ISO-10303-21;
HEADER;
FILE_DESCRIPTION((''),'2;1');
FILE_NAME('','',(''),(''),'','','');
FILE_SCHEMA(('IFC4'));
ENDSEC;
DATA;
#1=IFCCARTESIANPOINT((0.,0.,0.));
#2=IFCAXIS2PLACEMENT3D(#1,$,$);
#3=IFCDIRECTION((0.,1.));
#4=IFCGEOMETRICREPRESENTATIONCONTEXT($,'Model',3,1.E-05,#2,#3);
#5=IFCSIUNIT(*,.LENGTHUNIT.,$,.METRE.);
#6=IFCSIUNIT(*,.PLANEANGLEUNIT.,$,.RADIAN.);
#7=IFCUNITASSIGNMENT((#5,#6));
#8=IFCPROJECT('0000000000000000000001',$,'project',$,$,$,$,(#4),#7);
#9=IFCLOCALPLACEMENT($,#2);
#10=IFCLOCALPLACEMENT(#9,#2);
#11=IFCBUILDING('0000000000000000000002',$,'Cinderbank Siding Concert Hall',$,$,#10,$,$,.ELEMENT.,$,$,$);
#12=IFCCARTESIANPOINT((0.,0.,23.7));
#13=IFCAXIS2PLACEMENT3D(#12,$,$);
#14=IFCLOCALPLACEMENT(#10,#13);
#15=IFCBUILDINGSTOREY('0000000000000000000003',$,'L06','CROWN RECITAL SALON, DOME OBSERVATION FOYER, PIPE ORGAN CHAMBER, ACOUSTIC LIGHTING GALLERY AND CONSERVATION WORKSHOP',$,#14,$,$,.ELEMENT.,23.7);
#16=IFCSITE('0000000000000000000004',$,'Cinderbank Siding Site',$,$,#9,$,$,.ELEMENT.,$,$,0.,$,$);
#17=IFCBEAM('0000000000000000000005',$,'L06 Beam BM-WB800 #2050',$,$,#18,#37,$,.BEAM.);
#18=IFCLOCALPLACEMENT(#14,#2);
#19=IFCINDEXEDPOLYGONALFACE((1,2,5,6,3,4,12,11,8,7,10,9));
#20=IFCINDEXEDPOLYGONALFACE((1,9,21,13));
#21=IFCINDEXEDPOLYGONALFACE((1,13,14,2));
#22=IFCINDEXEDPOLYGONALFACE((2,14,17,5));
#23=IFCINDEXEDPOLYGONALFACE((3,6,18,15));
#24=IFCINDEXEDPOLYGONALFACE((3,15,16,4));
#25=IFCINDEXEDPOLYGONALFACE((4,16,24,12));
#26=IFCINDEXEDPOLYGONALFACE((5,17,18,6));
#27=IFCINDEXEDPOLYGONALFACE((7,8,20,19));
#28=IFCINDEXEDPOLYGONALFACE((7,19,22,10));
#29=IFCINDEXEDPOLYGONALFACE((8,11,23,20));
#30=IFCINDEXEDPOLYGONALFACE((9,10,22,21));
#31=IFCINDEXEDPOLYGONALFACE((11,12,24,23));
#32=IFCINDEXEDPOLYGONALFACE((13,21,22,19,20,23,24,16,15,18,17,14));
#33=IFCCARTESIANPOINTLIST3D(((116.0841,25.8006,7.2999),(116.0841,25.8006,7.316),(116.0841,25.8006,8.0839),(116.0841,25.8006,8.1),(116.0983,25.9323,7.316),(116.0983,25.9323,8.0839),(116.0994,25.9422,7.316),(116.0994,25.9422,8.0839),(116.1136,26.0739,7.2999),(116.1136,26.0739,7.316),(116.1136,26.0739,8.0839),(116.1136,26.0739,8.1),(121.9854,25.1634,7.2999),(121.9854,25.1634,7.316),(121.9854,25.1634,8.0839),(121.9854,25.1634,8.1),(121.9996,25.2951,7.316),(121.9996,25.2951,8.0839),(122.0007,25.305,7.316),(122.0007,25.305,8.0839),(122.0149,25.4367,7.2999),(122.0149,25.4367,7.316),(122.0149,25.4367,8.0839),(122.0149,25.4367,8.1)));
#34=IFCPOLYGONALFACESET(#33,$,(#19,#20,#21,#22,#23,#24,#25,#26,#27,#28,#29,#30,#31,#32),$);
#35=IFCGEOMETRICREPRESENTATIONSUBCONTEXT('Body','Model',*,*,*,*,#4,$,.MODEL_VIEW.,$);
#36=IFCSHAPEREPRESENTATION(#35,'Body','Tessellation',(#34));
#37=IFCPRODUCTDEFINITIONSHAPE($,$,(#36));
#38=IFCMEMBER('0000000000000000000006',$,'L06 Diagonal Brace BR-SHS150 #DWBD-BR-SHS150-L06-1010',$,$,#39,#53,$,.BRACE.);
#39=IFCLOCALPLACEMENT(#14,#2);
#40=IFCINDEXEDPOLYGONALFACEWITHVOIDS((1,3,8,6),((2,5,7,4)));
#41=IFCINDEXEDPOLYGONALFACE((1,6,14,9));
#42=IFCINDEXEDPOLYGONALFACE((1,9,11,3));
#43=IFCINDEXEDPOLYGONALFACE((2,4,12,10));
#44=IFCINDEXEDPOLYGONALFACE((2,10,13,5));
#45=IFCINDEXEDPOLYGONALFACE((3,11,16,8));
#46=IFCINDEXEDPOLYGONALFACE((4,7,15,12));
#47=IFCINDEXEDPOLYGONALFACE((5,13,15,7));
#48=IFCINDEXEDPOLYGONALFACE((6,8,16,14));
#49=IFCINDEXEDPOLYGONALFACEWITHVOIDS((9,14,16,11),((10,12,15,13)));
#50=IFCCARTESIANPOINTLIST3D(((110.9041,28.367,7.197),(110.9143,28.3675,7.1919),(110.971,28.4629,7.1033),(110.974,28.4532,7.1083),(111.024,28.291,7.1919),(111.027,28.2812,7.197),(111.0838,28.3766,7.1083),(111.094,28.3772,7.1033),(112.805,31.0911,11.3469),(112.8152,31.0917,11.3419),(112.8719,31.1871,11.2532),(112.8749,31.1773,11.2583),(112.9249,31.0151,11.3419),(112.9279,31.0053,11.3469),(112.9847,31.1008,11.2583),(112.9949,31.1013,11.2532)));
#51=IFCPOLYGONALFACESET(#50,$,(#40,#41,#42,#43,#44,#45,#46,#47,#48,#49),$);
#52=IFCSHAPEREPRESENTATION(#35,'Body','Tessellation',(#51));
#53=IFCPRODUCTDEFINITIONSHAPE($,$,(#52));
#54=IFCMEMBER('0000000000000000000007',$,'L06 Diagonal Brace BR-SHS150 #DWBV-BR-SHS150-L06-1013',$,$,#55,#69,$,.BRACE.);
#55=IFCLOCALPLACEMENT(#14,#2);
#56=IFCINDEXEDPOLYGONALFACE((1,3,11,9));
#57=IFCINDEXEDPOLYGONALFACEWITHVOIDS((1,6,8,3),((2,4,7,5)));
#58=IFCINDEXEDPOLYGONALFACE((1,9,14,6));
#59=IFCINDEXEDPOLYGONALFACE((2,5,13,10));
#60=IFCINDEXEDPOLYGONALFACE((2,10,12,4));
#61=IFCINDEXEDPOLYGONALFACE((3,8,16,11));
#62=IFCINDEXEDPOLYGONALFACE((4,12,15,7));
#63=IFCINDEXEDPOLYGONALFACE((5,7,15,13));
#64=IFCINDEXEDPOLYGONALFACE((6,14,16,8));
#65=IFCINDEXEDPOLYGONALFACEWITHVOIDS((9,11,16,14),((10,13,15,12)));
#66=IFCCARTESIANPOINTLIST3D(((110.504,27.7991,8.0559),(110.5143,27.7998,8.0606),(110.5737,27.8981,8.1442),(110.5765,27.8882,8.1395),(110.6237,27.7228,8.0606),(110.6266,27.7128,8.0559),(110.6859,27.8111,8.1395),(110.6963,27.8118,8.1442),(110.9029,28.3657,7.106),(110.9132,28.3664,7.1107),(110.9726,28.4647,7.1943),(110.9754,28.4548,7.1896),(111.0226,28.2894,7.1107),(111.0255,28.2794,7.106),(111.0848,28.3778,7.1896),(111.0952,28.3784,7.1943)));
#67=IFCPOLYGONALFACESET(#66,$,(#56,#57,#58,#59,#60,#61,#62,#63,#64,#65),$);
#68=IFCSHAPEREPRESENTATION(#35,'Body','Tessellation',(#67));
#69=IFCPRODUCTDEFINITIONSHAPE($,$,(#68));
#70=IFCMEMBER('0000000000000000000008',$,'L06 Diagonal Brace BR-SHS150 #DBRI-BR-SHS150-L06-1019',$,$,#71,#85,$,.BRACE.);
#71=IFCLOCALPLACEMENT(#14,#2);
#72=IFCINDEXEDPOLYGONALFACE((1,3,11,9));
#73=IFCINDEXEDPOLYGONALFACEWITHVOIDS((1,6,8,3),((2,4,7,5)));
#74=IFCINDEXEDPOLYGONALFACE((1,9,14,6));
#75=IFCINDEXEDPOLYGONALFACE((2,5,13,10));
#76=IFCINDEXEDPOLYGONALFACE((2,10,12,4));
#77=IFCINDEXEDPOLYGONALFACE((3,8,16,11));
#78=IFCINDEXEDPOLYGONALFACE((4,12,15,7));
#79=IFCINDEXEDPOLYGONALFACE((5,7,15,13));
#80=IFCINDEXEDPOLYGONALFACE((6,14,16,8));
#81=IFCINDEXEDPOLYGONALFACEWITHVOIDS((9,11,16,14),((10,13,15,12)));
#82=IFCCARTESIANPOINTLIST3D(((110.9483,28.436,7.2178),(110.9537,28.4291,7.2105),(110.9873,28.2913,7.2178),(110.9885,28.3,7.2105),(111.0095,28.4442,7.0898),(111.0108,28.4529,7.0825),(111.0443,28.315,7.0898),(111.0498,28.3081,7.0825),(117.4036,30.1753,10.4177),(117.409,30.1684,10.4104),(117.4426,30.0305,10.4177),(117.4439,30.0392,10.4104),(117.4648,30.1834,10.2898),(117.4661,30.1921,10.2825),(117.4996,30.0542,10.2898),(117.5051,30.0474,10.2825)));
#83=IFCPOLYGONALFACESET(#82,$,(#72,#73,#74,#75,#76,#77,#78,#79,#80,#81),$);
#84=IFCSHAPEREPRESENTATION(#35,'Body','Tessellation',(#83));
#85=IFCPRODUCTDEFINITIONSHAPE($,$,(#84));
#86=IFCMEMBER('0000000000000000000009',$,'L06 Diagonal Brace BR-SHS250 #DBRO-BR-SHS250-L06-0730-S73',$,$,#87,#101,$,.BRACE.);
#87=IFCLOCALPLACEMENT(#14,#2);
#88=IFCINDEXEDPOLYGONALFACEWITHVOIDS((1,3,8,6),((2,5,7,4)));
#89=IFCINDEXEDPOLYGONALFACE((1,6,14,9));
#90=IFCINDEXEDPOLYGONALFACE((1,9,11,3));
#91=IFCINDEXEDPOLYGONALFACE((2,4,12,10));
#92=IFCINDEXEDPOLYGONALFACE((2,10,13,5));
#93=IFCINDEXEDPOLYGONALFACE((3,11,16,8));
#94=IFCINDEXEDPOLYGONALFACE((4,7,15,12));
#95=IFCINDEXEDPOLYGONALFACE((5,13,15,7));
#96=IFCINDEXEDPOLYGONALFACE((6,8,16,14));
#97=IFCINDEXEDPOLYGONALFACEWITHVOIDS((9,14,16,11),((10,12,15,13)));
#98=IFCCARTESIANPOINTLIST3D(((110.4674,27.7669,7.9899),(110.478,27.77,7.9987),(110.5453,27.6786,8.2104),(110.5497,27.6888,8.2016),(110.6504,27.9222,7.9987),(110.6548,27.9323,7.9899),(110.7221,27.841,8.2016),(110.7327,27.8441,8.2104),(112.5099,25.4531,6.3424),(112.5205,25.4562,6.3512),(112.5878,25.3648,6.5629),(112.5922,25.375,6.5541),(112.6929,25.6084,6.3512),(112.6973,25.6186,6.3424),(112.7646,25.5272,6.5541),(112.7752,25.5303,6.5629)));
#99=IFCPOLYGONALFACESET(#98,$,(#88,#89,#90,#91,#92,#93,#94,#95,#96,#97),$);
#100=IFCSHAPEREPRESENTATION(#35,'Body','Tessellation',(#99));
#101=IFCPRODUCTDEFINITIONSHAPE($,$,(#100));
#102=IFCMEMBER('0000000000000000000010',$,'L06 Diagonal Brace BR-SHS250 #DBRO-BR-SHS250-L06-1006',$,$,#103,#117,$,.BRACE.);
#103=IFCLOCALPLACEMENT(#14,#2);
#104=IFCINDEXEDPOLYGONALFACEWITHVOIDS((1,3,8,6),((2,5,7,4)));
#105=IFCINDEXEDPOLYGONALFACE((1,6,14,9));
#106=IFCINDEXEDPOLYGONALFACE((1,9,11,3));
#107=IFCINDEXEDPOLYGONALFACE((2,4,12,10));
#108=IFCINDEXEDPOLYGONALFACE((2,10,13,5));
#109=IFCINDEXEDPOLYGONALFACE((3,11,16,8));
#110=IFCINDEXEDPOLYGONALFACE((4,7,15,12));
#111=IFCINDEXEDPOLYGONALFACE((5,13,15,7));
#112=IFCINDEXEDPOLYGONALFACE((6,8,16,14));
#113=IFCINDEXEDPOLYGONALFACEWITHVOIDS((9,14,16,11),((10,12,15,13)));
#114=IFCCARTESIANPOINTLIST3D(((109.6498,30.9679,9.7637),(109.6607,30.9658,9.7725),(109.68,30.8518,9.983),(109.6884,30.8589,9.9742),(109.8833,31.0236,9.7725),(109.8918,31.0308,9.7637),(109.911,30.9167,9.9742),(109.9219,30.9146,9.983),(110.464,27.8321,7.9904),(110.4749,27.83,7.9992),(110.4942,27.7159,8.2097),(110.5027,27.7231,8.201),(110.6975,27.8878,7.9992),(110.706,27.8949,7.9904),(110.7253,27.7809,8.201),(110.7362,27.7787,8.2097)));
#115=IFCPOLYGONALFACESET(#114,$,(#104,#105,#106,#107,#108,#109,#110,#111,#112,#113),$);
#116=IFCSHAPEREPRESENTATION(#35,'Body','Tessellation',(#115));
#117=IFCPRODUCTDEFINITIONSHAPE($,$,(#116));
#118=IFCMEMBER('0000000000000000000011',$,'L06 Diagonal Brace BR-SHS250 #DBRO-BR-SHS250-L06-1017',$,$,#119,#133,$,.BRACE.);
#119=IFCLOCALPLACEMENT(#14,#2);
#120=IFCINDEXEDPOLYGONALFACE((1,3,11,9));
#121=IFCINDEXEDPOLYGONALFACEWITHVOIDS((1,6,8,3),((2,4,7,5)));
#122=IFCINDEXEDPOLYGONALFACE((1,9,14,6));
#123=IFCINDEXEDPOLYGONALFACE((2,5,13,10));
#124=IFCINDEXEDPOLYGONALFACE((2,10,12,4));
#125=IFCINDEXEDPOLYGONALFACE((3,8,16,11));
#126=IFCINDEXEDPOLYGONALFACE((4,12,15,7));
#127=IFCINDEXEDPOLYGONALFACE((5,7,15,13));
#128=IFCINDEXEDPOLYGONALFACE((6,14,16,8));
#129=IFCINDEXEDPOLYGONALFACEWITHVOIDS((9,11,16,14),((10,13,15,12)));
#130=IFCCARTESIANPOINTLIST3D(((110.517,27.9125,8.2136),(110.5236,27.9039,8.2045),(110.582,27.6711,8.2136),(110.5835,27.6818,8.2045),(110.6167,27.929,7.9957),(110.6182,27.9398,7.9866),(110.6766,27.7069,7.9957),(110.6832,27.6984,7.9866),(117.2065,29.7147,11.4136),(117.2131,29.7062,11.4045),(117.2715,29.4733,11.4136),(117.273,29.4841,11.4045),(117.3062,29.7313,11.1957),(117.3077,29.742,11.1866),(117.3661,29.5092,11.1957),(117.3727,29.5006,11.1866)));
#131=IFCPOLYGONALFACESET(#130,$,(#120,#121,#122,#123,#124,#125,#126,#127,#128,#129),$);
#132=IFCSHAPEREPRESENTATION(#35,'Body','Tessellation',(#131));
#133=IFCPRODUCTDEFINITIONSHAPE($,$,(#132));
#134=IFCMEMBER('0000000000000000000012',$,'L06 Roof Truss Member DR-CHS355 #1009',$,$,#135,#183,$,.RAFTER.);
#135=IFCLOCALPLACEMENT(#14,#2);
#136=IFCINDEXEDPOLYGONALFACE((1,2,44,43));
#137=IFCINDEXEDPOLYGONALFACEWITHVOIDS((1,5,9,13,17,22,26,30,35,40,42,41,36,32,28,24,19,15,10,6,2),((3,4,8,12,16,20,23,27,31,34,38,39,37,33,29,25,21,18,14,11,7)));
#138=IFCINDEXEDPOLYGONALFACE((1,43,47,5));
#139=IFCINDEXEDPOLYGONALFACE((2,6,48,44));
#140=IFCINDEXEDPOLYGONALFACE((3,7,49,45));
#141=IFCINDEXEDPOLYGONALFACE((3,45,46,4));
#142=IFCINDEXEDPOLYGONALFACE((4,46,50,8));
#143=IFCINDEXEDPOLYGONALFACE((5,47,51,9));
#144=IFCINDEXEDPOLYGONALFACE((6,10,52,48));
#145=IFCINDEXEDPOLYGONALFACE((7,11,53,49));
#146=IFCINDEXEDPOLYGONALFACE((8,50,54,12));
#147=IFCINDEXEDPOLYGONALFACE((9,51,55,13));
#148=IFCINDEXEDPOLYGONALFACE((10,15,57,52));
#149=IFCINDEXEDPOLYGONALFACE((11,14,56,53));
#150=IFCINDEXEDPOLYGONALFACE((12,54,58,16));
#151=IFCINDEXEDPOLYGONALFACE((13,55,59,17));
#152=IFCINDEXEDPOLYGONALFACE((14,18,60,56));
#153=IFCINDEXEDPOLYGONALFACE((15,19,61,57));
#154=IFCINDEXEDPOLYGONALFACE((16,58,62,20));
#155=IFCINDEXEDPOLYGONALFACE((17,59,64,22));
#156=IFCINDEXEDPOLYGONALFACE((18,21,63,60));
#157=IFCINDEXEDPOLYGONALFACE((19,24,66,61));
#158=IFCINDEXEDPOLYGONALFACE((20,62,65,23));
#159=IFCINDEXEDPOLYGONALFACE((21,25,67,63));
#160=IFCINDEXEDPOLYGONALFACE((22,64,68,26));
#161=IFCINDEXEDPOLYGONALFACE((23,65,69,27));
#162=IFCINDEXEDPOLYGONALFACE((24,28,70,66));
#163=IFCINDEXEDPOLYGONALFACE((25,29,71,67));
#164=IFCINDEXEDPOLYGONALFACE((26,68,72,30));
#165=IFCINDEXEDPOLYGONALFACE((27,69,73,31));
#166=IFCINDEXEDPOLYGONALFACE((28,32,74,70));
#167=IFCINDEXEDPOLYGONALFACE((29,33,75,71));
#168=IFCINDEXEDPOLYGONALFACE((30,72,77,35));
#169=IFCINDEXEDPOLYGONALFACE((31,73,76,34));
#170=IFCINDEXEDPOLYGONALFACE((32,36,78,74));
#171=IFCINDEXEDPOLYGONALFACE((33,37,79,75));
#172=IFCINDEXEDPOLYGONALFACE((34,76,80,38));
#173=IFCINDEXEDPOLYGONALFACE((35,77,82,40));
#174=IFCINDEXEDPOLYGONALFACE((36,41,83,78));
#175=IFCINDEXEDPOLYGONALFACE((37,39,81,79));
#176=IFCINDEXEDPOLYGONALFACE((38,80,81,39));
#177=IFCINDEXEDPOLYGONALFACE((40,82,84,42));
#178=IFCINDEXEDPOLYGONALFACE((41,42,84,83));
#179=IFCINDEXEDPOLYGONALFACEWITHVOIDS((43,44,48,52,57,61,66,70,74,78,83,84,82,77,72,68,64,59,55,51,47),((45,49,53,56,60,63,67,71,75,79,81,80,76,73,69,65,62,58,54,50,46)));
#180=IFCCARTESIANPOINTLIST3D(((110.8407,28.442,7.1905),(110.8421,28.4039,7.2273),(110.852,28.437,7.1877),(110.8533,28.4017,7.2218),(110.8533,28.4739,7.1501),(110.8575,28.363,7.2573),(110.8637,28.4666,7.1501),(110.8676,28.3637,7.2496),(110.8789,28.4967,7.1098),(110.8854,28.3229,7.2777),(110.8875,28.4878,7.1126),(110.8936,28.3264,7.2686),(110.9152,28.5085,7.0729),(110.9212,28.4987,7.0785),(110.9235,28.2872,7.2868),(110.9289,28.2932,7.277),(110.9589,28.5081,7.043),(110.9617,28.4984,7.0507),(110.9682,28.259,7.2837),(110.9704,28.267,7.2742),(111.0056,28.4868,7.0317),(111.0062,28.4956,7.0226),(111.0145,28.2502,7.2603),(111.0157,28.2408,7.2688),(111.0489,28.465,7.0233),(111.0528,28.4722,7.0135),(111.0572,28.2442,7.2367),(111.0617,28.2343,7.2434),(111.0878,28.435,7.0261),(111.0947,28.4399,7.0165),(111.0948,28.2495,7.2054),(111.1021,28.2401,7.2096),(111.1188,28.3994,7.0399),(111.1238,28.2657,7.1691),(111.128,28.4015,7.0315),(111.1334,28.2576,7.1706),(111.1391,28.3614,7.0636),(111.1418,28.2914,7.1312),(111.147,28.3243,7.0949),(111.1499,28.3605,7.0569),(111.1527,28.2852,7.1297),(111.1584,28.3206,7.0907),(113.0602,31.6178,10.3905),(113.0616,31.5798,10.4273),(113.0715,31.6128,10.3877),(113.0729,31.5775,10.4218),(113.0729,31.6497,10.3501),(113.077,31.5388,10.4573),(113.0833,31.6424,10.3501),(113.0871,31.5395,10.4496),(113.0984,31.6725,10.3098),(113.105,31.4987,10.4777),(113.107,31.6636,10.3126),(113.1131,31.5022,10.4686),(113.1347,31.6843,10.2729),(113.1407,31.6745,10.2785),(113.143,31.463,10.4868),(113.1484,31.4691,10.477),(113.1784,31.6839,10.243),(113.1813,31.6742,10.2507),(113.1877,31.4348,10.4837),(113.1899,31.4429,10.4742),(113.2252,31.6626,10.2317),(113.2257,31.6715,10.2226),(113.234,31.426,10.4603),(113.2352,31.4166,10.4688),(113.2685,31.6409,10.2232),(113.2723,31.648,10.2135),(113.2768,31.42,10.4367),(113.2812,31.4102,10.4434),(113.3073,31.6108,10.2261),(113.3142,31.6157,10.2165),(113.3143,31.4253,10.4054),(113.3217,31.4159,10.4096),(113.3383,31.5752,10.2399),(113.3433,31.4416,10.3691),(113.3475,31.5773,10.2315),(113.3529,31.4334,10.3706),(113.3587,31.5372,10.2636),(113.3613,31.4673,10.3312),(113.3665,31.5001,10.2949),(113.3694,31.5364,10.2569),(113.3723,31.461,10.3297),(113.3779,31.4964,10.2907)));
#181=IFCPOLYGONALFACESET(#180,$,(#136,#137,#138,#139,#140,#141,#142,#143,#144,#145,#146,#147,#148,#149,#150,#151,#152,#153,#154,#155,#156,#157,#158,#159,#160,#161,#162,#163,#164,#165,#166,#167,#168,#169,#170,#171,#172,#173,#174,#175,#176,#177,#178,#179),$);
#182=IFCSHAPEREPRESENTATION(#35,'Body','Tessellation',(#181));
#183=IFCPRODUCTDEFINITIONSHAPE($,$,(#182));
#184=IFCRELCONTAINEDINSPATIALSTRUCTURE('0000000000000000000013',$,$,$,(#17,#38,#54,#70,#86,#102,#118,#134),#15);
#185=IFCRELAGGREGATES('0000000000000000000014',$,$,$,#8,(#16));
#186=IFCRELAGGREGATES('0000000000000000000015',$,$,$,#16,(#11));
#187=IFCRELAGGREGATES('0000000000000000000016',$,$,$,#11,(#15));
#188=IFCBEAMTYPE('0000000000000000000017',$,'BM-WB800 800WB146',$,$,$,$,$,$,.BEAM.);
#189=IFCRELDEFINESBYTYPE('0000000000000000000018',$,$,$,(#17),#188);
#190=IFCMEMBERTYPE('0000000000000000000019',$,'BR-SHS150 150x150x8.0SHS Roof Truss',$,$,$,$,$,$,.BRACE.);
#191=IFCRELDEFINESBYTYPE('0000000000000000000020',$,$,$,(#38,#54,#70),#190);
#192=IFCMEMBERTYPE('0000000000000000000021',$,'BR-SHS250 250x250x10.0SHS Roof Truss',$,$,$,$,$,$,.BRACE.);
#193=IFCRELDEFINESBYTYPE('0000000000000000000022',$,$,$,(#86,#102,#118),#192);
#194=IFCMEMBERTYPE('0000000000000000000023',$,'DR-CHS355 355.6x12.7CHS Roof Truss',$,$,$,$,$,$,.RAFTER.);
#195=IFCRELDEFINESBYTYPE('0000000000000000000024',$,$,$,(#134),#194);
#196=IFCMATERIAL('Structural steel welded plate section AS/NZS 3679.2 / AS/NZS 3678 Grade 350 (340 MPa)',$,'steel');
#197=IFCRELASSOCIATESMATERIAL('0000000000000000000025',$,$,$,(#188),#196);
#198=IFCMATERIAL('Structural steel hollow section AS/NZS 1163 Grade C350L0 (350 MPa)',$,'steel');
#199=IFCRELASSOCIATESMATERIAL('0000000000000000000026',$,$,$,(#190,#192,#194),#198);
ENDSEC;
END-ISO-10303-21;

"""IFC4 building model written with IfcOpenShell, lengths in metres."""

from ifc_helpers import new_model, si_unit, direction, frame, origin, origin_2d, place, context, subcontext, project, spatial, hollow_rectangle, hollow_circle, i_section, extrude, material, material_profile, profile_set, type_object, element, save


model = new_model("IFC4")

# Units and contexts
model_context = context("Model", 3, precision=1e-05, world=origin(), true_north=direction((0.0, 1.0)))
body_context = subcontext(model_context, "Body", "Model", "MODEL_VIEW")
ifc_project = project(units=[si_unit("LENGTHUNIT", "METRE"), si_unit("PLANEANGLEUNIT", "RADIAN")], contexts=[model_context])

# Site, building, storey
site_placement = place(None, origin())
site = spatial("IfcSite", under=ifc_project, at=site_placement, Name="Cinderbank Siding Site", CompositionType="ELEMENT", RefElevation=0.0)
building_placement = place(site_placement, origin())
building = spatial("IfcBuilding", under=site, at=building_placement, Name="Cinderbank Siding Concert Hall", CompositionType="ELEMENT")
storey_placement = place(building_placement, frame((0.0, 0.0, 23.7)))
storey = spatial("IfcBuildingStorey", under=building, at=storey_placement, Name="L06", Description="CROWN RECITAL SALON, DOME OBSERVATION FOYER, PIPE ORGAN CHAMBER, ACOUSTIC LIGHTING GALLERY AND CONSERVATION WORKSHOP", CompositionType="ELEMENT", Elevation=23.7)

# Beam
ifc_material_1 = material(Name="Structural steel welded plate section AS/NZS 3679.2 / AS/NZS 3678 Grade 350 (340 MPa)", Category="steel")
ifc_material_profile_1 = material_profile(ifc_material_1, i_section(OverallWidth=0.2749, OverallDepth=0.8, WebThickness=0.01, FlangeThickness=0.0161, at=origin_2d()), Name="800WB146", Category="LoadBearing")
ifc_profile_set_1 = profile_set([ifc_material_profile_1], Name="Structural steel welded plate section AS/NZS 3679.2 / AS/NZS 3678 Grade 350 (340 MPa)")
beam_type = type_object("IfcBeamType", Name="BM-WB800 800WB146", PredefinedType="BEAM", material=ifc_profile_set_1)
beam_placement = place(storey_placement, frame((116.0989, 25.9373, 7.7), z_axis=(0.994221, -0.107357, 0.0), x_axis=(0.107357, 0.994221, 0.0)))
element("IfcBeam", 1, at=beam_placement, inside=storey, type_object=beam_type, Name="L06 Beam BM-WB800 #2050", PredefinedType="BEAM", context=body_context, shape_type="SweptSolid", body=[
    extrude(i_section(OverallWidth=0.2749, OverallDepth=0.8, WebThickness=0.01, FlangeThickness=0.0161, at=origin_2d()), origin(), (0.0, 0.0, 1.0), 5.9355),
])

# Members
ifc_material_2 = material(Name="Structural steel hollow section AS/NZS 1163 Grade C350L0 (350 MPa)", Category="steel")
ifc_material_profile_2 = material_profile(ifc_material_2, hollow_rectangle(XDim=0.1499, YDim=0.1499, WallThickness=0.0081, at=origin_2d()), Name="150x150x8.0SHS", Category="LoadBearing")
ifc_profile_set_2 = profile_set([ifc_material_profile_2], Name="Structural steel hollow section AS/NZS 1163 Grade C350L0 (350 MPa)")
member_type_1 = type_object("IfcMemberType", Name="BR-SHS150 150x150x8.0SHS Roof Truss", PredefinedType="BRACE", material=ifc_profile_set_2)
member_1_placement = place(storey_placement, frame((110.999, 28.3721, 7.1501), z_axis=(0.357602, 0.512474, 0.780699), x_axis=(-0.82008, 0.572248, 0.0)))
element("IfcMember", 2, at=member_1_placement, inside=storey, type_object=member_type_1, Name="L06 Diagonal Brace BR-SHS150 #DWBD-BR-SHS150-L06-1010", PredefinedType="BRACE", context=body_context, shape_type="SweptSolid", body=[
    extrude(hollow_rectangle(XDim=0.1499, YDim=0.1499, WallThickness=0.0081, at=origin_2d()), origin(), (0.0, 0.0, 1.0), 5.3157),
])
member_2_placement = place(storey_placement, frame((110.999, 28.3721, 7.1501), z_axis=(-0.339264, -0.481904, 0.807879), x_axis=(0.81769, -0.575659, 0.0)))
element("IfcMember", 3, at=member_2_placement, inside=storey, type_object=member_type_1, Name="L06 Diagonal Brace BR-SHS150 #DWBV-BR-SHS150-L06-1013", PredefinedType="BRACE", context=body_context, shape_type="SweptSolid", body=[
    extrude(hollow_rectangle(XDim=0.1499, YDim=0.1499, WallThickness=0.0081, at=origin_2d()), origin(), (0.0, 0.0, 1.0), 1.1758),
])
member_3_placement = place(storey_placement, frame((110.999, 28.3721, 7.1501), z_axis=(0.870943, 0.234658, 0.431733), x_axis=(-0.260153, 0.965567, 0.0)))
element("IfcMember", 4, at=member_3_placement, inside=storey, type_object=member_type_1, Name="L06 Diagonal Brace BR-SHS150 #DBRI-BR-SHS150-L06-1019", PredefinedType="BRACE", context=body_context, shape_type="SweptSolid", body=[
    extrude(hollow_rectangle(XDim=0.1499, YDim=0.1499, WallThickness=0.0081, at=origin_2d()), origin(), (0.0, 0.0, 1.0), 7.4119),
])
ifc_material_profile_3 = material_profile(ifc_material_2, hollow_rectangle(XDim=0.25, YDim=0.25, WallThickness=0.01, at=origin_2d()), Name="250x250x10.0SHS", Category="LoadBearing")
ifc_profile_set_3 = profile_set([ifc_material_profile_3], Name="Structural steel hollow section AS/NZS 1163 Grade C350L0 (350 MPa)")
member_type_2 = type_object("IfcMemberType", Name="BR-SHS250 250x250x10.0SHS Roof Truss", PredefinedType="BRACE", material=ifc_profile_set_3)
member_4_placement = place(storey_placement, frame((112.6426, 25.4917, 6.4526), z_axis=(-0.583824, 0.661356, 0.470912), x_axis=(-0.749683, -0.661797, 0.0)))
element("IfcMember", 5, at=member_4_placement, inside=storey, type_object=member_type_2, Name="L06 Diagonal Brace BR-SHS250 #DBRO-BR-SHS250-L06-0730-S73", PredefinedType="BRACE", context=body_context, shape_type="SweptSolid", body=[
    extrude(hollow_rectangle(XDim=0.25, YDim=0.25, WallThickness=0.01, at=origin_2d()), origin(), (0.0, 0.0, 1.0), 3.4985),
])
member_5_placement = place(storey_placement, frame((110.6001, 27.8054, 8.1001), z_axis=(-0.220459, 0.849049, 0.480118), x_axis=(-0.967904, -0.25132, 0.0)))
element("IfcMember", 6, at=member_5_placement, inside=storey, type_object=member_type_2, Name="L06 Diagonal Brace BR-SHS250 #DBRO-BR-SHS250-L06-1006", PredefinedType="BRACE", context=body_context, shape_type="SweptSolid", body=[
    extrude(hollow_rectangle(XDim=0.25, YDim=0.25, WallThickness=0.01, at=origin_2d()), origin(), (0.0, 0.0, 1.0), 3.6934),
])
member_6_placement = place(storey_placement, frame((110.6001, 27.8054, 8.1001), z_axis=(0.876582, 0.236165, 0.41932), x_axis=(-0.26014, 0.965571, 0.0)))
element("IfcMember", 7, at=member_6_placement, inside=storey, type_object=member_type_2, Name="L06 Diagonal Brace BR-SHS250 #DBRO-BR-SHS250-L06-1017", PredefinedType="BRACE", context=body_context, shape_type="SweptSolid", body=[
    extrude(hollow_rectangle(XDim=0.25, YDim=0.25, WallThickness=0.01, at=origin_2d()), origin(), (0.0, 0.0, 1.0), 7.6313),
])
ifc_material_profile_4 = material_profile(ifc_material_2, hollow_circle(Radius=0.1777, WallThickness=0.0127, at=origin_2d()), Name="355.6x12.7CHS", Category="LoadBearing")
ifc_profile_set_4 = profile_set([ifc_material_profile_4], Name="Structural steel hollow section AS/NZS 1163 Grade C350L0 (350 MPa)")
member_type_3 = type_object("IfcMemberType", Name="DR-CHS355 355.6x12.7CHS Roof Truss", PredefinedType="RAFTER", material=ifc_profile_set_4)
member_7_placement = place(storey_placement, frame((110.999, 28.3721, 7.1501), z_axis=(0.441681, 0.631987, 0.636797), x_axis=(-0.819664, 0.572845, 0.0)))
element("IfcMember", 8, at=member_7_placement, inside=storey, type_object=member_type_3, Name="L06 Roof Truss Member DR-CHS355 #1009", PredefinedType="RAFTER", context=body_context, shape_type="SweptSolid", body=[
    extrude(hollow_circle(Radius=0.1777, WallThickness=0.0127, at=origin_2d()), origin(), (0.0, 0.0, 1.0), 5.0251),
])

save(model, "model.ifc")
